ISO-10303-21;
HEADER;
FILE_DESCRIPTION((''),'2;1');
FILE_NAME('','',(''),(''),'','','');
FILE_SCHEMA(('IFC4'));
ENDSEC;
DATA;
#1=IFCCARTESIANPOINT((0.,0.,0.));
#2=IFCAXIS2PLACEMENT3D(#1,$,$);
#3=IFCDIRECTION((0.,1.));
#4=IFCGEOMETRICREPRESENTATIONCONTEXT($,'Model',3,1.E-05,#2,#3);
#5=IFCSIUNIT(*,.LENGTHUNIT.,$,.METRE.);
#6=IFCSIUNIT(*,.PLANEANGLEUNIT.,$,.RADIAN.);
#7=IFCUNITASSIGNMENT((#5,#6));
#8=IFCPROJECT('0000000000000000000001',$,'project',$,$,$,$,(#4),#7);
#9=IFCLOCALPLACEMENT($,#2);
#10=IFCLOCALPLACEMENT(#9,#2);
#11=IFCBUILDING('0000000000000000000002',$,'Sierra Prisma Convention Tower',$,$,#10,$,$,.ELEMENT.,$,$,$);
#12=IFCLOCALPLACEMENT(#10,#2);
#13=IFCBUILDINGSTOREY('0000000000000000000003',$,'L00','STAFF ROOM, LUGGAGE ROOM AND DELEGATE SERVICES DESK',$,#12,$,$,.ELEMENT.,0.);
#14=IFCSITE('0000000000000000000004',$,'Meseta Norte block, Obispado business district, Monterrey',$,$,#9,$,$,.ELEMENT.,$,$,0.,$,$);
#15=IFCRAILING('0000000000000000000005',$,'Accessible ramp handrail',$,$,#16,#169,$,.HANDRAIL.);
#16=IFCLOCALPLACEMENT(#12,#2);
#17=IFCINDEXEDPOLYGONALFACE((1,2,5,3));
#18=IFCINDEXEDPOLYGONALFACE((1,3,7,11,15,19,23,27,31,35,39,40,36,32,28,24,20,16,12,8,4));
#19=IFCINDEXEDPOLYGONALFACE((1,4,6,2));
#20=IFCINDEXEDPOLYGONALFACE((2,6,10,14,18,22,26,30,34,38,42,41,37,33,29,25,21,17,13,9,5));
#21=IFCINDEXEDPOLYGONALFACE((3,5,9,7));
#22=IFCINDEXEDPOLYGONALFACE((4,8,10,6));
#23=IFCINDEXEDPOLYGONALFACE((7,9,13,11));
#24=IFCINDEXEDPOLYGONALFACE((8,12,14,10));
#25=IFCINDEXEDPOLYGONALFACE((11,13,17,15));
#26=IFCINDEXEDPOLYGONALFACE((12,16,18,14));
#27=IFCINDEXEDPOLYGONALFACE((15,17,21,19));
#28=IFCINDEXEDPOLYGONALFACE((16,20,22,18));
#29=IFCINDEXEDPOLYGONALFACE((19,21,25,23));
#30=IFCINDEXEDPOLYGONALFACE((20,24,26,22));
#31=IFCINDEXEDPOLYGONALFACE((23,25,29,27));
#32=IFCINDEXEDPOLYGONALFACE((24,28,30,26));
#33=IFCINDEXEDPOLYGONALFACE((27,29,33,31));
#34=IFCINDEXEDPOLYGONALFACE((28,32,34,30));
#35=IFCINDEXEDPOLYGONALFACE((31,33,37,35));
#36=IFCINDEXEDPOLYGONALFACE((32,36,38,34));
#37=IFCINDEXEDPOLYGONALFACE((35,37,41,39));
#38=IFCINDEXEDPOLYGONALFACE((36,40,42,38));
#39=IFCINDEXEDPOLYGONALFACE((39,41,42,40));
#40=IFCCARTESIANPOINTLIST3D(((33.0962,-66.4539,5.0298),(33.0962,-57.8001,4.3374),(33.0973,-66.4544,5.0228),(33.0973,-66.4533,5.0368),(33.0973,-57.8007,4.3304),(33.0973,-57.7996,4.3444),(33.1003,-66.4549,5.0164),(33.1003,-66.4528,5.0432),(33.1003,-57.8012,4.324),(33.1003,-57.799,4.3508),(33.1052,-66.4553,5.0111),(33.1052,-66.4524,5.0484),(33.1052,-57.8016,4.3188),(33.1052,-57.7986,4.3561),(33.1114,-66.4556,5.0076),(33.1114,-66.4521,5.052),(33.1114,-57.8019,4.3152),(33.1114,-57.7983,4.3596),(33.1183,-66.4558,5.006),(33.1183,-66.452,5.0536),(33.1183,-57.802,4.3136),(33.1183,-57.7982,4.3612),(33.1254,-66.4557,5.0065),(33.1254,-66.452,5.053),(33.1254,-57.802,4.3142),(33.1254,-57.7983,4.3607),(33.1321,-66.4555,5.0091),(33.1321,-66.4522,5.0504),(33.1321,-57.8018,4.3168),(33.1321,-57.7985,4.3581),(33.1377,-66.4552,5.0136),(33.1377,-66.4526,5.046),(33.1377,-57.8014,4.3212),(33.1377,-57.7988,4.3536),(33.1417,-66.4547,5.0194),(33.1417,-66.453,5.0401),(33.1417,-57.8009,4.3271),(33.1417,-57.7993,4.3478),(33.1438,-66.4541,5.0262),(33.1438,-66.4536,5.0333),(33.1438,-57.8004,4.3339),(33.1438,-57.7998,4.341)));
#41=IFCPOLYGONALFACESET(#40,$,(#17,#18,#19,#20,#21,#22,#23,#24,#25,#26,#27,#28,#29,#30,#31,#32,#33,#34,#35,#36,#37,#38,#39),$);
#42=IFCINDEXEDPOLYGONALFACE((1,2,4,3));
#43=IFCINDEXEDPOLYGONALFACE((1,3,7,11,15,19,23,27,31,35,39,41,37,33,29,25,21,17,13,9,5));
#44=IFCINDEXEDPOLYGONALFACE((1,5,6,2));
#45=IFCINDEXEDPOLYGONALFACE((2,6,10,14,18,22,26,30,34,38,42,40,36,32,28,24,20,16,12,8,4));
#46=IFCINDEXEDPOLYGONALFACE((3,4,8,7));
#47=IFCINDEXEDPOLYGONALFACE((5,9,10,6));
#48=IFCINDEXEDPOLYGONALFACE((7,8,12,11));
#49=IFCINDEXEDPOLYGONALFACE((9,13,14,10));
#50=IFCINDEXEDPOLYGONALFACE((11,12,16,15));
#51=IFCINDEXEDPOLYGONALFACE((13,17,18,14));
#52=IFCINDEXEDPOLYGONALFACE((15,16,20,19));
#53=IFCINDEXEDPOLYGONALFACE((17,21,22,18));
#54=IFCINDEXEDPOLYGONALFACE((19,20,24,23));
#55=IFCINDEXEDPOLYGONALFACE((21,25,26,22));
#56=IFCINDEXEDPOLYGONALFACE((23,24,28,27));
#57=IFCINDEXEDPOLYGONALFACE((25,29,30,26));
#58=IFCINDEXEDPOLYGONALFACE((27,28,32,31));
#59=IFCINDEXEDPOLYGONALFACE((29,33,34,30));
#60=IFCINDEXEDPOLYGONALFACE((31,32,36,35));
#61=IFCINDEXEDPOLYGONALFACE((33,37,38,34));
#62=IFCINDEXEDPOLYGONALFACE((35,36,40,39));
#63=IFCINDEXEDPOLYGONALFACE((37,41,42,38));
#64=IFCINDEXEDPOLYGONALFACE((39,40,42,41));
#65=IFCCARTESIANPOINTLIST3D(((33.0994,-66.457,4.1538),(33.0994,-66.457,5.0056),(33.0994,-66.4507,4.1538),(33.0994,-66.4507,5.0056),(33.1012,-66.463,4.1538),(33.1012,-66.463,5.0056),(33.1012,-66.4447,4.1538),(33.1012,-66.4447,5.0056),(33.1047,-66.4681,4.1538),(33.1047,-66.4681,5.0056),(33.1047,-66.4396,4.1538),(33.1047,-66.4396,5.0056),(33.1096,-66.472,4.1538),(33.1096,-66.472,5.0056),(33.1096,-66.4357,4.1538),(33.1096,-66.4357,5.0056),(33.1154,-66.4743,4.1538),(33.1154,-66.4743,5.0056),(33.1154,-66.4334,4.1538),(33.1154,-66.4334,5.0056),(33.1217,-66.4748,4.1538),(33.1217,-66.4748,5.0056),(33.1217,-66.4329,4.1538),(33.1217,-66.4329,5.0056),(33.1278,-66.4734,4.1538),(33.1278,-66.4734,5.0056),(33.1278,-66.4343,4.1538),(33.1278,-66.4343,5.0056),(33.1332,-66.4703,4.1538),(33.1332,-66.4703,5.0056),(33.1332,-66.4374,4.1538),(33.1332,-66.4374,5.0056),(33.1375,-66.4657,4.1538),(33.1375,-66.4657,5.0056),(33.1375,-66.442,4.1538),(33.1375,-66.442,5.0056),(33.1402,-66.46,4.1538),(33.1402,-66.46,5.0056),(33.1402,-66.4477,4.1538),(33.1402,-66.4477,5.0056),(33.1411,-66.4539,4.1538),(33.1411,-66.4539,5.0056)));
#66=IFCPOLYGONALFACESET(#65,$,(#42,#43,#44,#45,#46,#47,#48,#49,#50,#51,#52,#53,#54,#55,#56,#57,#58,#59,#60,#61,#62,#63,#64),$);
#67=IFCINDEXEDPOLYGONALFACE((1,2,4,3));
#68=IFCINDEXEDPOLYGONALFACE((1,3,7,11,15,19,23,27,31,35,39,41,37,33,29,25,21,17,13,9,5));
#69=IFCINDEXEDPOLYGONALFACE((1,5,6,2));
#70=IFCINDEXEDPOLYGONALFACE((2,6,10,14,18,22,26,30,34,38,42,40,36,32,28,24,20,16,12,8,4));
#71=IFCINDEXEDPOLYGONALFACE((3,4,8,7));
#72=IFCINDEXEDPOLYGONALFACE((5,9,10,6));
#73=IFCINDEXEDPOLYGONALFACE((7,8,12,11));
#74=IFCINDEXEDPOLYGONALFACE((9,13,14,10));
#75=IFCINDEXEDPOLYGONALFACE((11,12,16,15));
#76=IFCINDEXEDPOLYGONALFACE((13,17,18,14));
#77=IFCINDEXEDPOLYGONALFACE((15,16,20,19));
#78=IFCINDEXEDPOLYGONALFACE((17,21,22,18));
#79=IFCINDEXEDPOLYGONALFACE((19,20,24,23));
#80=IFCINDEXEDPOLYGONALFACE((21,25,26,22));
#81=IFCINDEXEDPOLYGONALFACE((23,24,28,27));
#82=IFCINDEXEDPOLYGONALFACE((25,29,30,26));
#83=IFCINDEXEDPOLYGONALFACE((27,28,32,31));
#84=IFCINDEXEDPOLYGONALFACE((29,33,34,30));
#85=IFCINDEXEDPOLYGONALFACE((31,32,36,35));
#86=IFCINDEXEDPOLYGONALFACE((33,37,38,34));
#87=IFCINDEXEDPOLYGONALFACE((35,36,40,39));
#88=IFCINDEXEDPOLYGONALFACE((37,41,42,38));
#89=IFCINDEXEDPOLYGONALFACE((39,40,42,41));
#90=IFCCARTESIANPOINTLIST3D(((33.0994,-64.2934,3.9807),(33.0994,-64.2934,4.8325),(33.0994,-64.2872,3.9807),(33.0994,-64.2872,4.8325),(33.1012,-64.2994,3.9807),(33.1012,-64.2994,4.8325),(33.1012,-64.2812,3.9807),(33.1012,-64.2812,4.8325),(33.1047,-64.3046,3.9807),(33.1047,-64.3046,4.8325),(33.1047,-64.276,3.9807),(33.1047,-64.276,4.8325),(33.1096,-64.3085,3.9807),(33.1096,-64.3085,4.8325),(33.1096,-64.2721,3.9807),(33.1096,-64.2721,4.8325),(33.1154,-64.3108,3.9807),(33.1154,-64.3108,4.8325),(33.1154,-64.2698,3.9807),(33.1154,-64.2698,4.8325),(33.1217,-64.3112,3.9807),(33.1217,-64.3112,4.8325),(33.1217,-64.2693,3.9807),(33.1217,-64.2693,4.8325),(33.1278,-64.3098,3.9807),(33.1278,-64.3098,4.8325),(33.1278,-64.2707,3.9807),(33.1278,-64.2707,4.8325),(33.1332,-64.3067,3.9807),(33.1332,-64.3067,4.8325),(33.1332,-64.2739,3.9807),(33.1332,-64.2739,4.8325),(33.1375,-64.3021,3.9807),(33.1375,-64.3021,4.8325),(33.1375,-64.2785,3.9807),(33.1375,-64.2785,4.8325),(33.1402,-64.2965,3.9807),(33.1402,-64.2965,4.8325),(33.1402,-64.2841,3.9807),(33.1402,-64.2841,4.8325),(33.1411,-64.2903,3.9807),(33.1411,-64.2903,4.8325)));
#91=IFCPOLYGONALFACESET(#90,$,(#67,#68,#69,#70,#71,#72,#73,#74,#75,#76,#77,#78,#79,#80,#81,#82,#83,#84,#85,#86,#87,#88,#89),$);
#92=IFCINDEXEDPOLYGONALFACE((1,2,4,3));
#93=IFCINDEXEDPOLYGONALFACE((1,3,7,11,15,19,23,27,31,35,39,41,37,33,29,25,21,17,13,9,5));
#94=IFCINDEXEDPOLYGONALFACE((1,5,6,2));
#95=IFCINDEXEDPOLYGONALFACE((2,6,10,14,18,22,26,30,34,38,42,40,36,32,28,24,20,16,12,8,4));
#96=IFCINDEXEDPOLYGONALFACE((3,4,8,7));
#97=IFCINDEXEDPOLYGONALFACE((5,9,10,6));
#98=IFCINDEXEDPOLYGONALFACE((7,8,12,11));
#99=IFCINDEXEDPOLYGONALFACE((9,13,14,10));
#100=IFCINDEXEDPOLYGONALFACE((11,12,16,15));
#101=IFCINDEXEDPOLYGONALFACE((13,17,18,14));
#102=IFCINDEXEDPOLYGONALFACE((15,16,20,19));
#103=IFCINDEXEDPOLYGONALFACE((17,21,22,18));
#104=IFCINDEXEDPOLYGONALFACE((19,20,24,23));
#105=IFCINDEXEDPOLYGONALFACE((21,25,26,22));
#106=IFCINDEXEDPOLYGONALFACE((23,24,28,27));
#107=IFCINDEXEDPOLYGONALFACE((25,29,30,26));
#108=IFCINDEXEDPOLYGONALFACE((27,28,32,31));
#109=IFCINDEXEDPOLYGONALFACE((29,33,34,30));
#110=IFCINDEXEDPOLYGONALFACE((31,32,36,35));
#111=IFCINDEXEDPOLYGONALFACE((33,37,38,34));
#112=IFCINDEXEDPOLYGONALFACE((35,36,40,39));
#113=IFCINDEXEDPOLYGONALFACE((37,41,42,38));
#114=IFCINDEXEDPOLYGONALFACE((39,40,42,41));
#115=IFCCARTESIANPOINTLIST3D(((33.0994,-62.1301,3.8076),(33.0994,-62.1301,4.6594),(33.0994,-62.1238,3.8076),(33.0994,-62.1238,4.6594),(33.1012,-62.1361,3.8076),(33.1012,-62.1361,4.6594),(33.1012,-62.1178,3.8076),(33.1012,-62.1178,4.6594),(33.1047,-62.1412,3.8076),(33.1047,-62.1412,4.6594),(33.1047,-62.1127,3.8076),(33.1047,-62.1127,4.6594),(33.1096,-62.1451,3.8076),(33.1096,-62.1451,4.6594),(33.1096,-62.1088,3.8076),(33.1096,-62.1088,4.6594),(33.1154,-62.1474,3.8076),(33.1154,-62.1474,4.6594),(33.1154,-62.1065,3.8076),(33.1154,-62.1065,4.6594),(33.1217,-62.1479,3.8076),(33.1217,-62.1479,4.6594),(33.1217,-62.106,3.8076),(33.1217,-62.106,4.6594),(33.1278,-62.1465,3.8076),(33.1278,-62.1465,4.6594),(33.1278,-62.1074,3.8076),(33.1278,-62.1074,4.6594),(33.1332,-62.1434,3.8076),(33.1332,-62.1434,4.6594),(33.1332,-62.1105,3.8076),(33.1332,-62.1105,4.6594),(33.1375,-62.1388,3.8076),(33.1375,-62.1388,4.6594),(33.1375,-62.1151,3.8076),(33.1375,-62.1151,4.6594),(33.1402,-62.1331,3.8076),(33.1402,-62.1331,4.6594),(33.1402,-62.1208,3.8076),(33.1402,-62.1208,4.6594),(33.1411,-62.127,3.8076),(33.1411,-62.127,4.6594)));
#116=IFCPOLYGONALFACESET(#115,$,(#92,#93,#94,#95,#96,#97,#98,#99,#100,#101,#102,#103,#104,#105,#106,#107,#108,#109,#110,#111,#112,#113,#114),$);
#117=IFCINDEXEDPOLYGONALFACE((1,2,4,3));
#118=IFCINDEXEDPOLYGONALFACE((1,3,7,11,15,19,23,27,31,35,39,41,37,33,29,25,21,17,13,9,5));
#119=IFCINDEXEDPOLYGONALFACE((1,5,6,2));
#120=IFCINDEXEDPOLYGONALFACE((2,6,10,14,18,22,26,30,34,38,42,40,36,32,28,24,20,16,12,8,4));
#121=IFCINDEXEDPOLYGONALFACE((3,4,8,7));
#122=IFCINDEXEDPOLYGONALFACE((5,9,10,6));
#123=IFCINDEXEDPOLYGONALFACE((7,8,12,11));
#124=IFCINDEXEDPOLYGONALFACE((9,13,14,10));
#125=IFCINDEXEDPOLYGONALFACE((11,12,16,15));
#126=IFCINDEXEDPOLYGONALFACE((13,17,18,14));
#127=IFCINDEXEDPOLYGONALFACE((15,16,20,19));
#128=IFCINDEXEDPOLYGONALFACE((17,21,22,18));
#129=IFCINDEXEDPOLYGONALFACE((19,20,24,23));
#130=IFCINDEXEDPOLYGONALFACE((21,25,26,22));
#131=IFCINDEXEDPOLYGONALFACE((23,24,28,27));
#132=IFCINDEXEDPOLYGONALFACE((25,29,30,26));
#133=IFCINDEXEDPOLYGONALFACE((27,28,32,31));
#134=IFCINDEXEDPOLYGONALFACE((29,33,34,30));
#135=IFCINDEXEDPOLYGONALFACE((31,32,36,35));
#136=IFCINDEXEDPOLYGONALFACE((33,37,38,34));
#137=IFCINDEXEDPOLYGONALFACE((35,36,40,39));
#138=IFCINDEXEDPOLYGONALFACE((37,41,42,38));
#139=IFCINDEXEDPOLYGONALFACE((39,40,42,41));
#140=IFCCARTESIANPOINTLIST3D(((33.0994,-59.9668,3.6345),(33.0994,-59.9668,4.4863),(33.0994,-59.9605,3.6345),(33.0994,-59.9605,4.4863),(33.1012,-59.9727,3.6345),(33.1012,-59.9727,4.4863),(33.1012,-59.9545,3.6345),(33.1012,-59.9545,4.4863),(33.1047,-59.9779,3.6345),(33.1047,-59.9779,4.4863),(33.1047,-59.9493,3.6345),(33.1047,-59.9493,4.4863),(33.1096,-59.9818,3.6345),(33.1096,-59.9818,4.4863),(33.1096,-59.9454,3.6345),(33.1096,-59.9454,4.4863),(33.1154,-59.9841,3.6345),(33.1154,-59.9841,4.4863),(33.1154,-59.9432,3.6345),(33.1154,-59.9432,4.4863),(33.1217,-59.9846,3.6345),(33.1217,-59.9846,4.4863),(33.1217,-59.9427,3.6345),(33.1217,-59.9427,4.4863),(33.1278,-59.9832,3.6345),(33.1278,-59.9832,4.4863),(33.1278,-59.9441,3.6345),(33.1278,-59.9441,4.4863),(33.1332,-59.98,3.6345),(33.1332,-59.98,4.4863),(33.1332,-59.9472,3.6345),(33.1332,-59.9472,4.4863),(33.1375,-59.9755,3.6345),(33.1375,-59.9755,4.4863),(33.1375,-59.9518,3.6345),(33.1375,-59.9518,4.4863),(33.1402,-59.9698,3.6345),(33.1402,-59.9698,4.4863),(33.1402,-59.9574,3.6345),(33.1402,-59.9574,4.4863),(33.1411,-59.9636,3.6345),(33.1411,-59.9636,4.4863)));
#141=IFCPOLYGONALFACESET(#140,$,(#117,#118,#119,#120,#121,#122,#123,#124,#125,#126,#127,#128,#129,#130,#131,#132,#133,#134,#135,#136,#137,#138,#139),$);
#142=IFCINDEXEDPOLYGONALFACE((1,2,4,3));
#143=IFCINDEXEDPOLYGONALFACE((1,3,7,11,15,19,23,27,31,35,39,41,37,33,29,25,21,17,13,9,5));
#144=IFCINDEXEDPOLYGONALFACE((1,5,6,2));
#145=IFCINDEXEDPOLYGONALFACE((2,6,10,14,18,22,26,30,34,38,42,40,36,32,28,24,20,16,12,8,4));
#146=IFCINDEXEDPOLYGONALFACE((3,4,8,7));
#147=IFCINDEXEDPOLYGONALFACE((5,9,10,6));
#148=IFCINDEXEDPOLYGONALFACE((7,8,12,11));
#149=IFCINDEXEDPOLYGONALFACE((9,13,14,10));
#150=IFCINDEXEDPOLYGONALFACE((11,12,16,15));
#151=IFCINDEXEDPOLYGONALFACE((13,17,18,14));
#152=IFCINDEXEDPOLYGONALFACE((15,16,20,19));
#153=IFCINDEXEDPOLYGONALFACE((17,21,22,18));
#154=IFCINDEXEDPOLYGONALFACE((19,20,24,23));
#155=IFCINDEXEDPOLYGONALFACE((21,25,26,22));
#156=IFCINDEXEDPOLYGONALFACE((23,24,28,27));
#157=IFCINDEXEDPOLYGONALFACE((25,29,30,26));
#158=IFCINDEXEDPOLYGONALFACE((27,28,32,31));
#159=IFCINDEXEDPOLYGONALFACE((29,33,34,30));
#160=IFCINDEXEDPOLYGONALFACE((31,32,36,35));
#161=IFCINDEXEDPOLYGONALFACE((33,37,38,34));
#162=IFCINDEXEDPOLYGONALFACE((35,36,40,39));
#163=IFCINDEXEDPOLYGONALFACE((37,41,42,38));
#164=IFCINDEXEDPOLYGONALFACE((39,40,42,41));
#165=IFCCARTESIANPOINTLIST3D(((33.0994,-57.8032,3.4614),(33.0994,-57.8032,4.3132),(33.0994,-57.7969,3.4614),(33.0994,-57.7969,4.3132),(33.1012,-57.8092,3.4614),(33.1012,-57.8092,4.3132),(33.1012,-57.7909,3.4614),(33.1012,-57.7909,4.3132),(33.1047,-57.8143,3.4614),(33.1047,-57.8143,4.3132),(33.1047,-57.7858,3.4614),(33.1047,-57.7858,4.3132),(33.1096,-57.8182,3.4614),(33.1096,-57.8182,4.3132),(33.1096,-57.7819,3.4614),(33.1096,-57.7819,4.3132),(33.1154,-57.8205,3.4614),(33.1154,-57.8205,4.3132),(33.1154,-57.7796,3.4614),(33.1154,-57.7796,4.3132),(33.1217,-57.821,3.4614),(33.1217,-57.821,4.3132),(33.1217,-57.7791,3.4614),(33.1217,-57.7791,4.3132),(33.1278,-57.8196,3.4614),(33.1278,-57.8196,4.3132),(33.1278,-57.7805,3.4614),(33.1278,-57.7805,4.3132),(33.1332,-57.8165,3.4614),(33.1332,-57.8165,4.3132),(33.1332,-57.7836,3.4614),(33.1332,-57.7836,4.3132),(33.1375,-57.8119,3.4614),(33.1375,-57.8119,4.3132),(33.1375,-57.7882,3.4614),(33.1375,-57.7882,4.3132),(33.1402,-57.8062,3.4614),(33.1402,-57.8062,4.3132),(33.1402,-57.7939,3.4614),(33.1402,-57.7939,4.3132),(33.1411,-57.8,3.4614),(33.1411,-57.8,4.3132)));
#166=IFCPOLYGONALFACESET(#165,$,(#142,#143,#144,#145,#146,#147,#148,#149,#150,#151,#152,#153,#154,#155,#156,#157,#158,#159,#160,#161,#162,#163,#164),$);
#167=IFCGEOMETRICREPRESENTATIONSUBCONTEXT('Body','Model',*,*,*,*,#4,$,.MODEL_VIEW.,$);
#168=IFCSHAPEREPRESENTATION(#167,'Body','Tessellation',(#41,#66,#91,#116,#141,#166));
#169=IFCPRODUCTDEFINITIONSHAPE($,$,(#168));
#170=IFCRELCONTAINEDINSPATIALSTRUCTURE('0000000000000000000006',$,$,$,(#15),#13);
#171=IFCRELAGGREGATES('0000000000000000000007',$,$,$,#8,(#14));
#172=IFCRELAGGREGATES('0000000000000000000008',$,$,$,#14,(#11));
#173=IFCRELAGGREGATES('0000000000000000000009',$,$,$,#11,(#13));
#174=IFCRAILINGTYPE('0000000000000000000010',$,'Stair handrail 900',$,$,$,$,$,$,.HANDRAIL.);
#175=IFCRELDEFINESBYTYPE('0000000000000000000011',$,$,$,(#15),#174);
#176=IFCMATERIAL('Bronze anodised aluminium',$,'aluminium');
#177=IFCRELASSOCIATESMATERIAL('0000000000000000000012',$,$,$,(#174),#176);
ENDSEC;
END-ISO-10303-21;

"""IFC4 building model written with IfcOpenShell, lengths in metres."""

from ifc_helpers import new_model, si_unit, direction, frame, origin, origin_2d, place, context, subcontext, project, spatial, circle, extrude, material, type_object, element, save


model = new_model("IFC4")

# Units and contexts
model_context = context("Model", 3, precision=1e-05, world=origin(), true_north=direction((0.0, 1.0)))
body_context = subcontext(model_context, "Body", "Model", "MODEL_VIEW")
ifc_project = project(units=[si_unit("LENGTHUNIT", "METRE"), si_unit("PLANEANGLEUNIT", "RADIAN")], contexts=[model_context])

# Site, building, storey
site_placement = place(None, origin())
site = spatial("IfcSite", under=ifc_project, at=site_placement, Name="Meseta Norte block, Obispado business district, Monterrey", CompositionType="ELEMENT", RefElevation=0.0)
building_placement = place(site_placement, origin())
building = spatial("IfcBuilding", under=site, at=building_placement, Name="Sierra Prisma Convention Tower", CompositionType="ELEMENT")
storey_placement = place(building_placement, origin())
storey = spatial("IfcBuildingStorey", under=building, at=storey_placement, Name="L00", Description="STAFF ROOM, LUGGAGE ROOM AND DELEGATE SERVICES DESK", CompositionType="ELEMENT", Elevation=0.0)

# Railing
ifc_material_1 = material(Name="Bronze anodised aluminium", Category="aluminium")
railing_type_1 = type_object("IfcRailingType", Name="Stair handrail 900", PredefinedType="HANDRAIL", material=ifc_material_1)
for number, where, name in (
    (1, (33.1201, -66.4539, 4.1538), "Accessible ramp handrail"),
):
    element("IfcRailing", number, at=place(storey_placement, frame(where)), inside=storey, type_object=railing_type_1, Name=name, PredefinedType="HANDRAIL", context=body_context, shape_type="SweptSolid", body=[
        extrude(circle(Radius=0.0239, at=origin_2d()), frame((0.0, 0.0, 0.876), z_axis=(0.0, 0.996815, -0.079754), x_axis=(-1.0, 0.0, 0.0)), (0.0, 0.0, 1.0), 8.6814),
        extrude(circle(Radius=0.021, at=origin_2d()), origin(), (0.0, 0.0, 1.0), 0.8518),
        extrude(circle(Radius=0.021, at=origin_2d()), frame((0.0, 2.1636, -0.1731)), (0.0, 0.0, 1.0), 0.8518),
        extrude(circle(Radius=0.021, at=origin_2d()), frame((0.0, 4.3269, -0.3462)), (0.0, 0.0, 1.0), 0.8518),
        extrude(circle(Radius=0.021, at=origin_2d()), frame((0.0, 6.4902, -0.5193)), (0.0, 0.0, 1.0), 0.8518),
        extrude(circle(Radius=0.021, at=origin_2d()), frame((0.0, 8.6538, -0.6924)), (0.0, 0.0, 1.0), 0.8518),
    ])

save(model, "model.ifc")
